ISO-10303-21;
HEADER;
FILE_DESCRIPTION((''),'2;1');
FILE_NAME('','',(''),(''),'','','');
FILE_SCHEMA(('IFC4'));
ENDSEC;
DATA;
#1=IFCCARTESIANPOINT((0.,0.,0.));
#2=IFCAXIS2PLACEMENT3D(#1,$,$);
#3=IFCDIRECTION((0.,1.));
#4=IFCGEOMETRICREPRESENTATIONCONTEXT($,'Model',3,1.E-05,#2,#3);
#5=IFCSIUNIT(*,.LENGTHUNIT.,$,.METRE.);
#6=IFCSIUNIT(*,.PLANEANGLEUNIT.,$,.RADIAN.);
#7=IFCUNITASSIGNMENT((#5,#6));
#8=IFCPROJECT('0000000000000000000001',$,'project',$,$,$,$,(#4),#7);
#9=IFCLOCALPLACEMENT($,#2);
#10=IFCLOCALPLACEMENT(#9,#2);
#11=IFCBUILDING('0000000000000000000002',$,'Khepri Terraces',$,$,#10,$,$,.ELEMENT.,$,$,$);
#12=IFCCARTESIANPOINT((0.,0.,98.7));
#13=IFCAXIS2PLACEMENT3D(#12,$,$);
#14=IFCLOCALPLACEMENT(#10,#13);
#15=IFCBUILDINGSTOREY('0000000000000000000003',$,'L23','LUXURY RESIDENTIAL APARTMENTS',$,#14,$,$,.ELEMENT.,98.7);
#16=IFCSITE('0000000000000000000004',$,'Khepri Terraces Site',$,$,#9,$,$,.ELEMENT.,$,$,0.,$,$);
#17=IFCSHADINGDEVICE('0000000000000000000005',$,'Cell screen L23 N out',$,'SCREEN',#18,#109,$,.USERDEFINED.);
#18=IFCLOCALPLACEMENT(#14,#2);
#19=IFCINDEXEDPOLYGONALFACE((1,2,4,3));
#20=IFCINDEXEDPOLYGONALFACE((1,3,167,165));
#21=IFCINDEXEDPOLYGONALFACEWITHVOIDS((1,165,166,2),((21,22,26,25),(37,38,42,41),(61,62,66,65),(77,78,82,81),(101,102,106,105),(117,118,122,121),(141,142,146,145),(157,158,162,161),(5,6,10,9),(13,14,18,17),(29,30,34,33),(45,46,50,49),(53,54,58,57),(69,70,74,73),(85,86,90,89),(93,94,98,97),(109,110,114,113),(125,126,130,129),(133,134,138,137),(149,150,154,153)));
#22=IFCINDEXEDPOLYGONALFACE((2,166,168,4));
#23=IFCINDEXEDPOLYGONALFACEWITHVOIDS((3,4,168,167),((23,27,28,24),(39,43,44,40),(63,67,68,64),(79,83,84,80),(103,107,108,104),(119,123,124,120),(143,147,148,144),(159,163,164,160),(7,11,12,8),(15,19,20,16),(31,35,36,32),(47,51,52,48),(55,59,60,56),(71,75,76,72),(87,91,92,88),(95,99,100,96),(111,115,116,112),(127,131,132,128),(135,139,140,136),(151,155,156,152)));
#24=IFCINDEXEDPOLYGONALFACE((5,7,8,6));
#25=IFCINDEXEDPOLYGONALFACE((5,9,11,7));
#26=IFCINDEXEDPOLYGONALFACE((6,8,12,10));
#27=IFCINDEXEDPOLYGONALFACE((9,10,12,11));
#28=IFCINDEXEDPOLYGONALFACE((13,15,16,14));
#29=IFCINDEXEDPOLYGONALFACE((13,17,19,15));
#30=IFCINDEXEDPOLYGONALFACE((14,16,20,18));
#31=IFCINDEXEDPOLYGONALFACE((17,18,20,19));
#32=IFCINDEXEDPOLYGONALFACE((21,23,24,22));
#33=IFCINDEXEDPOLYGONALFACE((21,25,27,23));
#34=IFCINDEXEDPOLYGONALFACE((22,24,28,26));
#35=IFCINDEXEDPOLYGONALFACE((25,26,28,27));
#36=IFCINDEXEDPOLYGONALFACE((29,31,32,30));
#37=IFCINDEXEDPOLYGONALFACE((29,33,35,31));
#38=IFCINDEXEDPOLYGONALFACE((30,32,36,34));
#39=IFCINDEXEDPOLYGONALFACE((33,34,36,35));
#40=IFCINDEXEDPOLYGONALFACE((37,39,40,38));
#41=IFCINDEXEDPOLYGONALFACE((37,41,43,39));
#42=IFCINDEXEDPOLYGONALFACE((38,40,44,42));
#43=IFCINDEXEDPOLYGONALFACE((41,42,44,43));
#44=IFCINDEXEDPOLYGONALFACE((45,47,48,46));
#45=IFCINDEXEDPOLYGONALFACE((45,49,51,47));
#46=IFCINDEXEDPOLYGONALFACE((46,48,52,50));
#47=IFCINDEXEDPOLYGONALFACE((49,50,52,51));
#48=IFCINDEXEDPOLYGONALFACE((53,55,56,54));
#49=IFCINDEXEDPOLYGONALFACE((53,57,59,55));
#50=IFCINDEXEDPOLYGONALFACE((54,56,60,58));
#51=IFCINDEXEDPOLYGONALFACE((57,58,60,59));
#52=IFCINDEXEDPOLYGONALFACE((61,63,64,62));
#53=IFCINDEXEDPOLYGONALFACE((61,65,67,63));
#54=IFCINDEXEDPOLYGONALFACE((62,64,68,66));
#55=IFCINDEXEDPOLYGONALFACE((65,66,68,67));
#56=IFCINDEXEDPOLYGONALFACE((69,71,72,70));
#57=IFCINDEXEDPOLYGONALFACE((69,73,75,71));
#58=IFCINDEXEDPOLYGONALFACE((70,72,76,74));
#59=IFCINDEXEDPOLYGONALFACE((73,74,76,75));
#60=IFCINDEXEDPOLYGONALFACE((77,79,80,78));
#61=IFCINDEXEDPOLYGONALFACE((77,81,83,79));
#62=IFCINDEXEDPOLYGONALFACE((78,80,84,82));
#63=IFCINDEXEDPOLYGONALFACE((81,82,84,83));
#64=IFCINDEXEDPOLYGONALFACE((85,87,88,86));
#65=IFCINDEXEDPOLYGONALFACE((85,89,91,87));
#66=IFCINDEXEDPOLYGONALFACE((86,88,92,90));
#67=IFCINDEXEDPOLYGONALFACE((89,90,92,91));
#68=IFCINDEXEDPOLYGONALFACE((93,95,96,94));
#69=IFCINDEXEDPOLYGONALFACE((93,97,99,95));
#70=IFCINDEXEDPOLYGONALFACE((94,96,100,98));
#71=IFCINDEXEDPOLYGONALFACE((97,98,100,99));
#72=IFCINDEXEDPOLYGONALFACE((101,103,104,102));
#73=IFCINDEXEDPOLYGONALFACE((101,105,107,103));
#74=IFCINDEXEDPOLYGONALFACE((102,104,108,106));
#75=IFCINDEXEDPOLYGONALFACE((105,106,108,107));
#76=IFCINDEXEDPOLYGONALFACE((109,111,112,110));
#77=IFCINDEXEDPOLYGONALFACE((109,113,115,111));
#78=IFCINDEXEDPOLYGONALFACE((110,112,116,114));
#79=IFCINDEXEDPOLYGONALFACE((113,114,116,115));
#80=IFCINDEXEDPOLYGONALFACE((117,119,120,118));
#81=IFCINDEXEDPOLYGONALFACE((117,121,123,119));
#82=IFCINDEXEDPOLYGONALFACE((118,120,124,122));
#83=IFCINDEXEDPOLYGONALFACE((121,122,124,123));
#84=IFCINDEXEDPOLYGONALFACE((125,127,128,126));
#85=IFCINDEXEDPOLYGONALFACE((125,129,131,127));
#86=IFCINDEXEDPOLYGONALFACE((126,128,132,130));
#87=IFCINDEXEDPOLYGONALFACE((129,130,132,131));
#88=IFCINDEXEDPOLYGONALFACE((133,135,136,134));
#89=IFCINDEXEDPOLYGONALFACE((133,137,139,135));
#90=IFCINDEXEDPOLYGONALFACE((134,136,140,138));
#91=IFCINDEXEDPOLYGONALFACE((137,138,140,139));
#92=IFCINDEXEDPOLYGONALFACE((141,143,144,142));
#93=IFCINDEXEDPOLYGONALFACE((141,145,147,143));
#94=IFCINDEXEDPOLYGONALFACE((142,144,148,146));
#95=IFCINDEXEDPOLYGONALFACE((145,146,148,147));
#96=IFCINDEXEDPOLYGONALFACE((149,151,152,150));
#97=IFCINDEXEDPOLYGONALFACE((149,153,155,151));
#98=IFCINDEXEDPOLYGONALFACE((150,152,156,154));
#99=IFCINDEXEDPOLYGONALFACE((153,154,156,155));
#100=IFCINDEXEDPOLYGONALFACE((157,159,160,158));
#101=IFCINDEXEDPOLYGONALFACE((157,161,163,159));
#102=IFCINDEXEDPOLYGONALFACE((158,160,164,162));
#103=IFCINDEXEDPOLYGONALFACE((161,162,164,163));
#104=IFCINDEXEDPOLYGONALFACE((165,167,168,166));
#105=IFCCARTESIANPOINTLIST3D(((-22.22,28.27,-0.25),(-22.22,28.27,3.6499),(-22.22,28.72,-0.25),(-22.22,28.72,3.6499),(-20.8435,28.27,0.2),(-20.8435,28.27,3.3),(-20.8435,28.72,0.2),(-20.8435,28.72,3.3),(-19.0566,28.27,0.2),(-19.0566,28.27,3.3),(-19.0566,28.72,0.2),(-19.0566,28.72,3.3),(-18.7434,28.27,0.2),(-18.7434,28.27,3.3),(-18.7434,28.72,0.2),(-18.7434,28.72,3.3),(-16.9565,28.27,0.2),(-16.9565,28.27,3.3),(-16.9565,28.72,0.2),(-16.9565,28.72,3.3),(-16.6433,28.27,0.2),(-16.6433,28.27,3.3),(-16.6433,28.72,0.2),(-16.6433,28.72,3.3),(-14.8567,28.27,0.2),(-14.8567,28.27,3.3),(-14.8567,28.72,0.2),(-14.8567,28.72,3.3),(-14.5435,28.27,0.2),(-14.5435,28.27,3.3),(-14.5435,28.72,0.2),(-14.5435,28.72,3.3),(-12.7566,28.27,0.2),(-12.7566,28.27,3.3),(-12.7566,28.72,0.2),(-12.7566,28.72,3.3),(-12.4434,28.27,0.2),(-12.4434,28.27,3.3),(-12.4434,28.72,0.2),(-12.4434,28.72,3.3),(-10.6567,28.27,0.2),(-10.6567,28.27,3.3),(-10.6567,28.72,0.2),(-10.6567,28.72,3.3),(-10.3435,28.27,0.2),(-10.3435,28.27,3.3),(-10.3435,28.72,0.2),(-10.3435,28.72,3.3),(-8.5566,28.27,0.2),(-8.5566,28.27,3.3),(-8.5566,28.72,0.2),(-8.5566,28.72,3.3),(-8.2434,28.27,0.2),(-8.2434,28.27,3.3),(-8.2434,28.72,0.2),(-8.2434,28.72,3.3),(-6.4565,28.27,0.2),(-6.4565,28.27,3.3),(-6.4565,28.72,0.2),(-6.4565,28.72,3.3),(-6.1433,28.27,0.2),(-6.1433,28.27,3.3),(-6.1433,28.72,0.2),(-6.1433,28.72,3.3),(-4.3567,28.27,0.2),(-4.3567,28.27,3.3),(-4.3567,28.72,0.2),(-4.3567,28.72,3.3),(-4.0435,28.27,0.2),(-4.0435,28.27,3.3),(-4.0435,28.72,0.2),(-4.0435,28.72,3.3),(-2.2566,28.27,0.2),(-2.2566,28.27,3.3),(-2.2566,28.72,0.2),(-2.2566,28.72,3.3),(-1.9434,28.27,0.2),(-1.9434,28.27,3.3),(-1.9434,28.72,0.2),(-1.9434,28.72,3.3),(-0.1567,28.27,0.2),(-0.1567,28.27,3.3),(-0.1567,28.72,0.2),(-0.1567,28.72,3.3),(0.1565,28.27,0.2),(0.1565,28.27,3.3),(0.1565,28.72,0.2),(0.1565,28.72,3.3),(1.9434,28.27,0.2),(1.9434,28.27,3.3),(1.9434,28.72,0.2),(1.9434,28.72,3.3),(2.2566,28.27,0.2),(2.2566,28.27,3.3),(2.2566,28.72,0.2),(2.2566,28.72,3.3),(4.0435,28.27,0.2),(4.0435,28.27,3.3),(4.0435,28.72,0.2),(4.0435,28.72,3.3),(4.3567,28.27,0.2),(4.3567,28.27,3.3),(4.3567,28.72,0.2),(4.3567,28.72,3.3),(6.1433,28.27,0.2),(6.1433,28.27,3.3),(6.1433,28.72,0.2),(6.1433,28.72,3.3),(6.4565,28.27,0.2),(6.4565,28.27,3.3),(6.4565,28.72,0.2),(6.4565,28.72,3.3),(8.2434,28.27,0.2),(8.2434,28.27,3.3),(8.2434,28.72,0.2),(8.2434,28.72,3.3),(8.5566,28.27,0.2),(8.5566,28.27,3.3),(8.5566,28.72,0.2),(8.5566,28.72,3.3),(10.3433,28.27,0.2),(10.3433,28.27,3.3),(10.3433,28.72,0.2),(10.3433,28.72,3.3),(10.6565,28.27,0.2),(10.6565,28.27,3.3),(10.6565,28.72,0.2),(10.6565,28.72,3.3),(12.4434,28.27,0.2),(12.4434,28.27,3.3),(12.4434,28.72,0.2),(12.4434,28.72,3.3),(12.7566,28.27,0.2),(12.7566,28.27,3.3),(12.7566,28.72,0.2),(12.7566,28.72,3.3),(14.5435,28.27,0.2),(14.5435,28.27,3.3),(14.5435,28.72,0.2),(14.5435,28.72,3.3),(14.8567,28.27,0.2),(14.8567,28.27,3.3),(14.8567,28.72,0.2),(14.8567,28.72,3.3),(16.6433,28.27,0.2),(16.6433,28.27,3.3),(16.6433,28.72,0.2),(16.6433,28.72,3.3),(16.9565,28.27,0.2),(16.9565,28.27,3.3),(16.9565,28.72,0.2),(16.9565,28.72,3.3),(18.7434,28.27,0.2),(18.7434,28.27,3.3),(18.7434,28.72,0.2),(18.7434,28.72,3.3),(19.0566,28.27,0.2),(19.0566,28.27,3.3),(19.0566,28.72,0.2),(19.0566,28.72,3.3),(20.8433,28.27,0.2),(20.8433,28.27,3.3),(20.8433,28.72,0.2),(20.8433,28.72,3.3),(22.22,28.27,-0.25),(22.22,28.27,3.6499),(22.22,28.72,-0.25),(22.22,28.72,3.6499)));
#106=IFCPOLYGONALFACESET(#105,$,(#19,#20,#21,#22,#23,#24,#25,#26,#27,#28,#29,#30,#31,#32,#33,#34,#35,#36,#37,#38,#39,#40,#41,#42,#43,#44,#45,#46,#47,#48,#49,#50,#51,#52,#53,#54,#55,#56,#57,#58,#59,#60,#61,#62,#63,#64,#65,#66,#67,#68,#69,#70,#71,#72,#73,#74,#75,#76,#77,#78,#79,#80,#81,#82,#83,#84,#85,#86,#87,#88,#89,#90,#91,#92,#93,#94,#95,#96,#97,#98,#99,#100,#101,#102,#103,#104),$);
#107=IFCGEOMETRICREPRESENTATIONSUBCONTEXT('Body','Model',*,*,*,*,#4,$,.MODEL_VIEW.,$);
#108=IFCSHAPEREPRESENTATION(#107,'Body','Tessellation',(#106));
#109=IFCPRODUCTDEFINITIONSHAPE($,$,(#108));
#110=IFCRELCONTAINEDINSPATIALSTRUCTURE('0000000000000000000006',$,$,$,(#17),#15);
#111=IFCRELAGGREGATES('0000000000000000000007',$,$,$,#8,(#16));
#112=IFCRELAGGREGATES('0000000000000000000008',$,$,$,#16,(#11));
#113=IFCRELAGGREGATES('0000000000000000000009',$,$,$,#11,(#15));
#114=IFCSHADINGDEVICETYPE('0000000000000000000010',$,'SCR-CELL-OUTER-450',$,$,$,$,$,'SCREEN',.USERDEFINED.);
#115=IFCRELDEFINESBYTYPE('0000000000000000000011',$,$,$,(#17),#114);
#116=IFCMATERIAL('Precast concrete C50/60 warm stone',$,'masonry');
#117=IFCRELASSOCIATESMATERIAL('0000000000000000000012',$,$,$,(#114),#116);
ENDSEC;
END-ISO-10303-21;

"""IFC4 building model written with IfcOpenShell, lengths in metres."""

from ifc_helpers import new_model, si_unit, direction, frame, origin, place, context, subcontext, project, spatial, polyline, outline, extrude, material, type_object, element, save


model = new_model("IFC4")

# Units and contexts
model_context = context("Model", 3, precision=1e-05, world=origin(), true_north=direction((0.0, 1.0)))
body_context = subcontext(model_context, "Body", "Model", "MODEL_VIEW")
ifc_project = project(units=[si_unit("LENGTHUNIT", "METRE"), si_unit("PLANEANGLEUNIT", "RADIAN")], contexts=[model_context])

# Site, building, storey
site_placement = place(None, origin())
site = spatial("IfcSite", under=ifc_project, at=site_placement, Name="Khepri Terraces Site", CompositionType="ELEMENT", RefElevation=0.0)
building_placement = place(site_placement, origin())
building = spatial("IfcBuilding", under=site, at=building_placement, Name="Khepri Terraces", CompositionType="ELEMENT")
storey_placement = place(building_placement, frame((0.0, 0.0, 98.7)))
storey = spatial("IfcBuildingStorey", under=building, at=storey_placement, Name="L23", Description="LUXURY RESIDENTIAL APARTMENTS", CompositionType="ELEMENT", Elevation=98.7)

# Shared definitions
ifc_material_1 = material(Name="Precast concrete C50/60 warm stone", Category="masonry")

# Shading device
shading_device_type_1 = type_object("IfcShadingDeviceType", Name="SCR-CELL-OUTER-450", ElementType="SCREEN", PredefinedType="USERDEFINED", material=ifc_material_1)
shading_device_1_placement = place(storey_placement, frame((22.22, 28.27, -0.25), z_axis=(0.0, 1.0, 0.0), x_axis=(-1.0, 0.0, 0.0)))
element("IfcShadingDevice", 1, at=shading_device_1_placement, inside=storey, type_object=shading_device_type_1, Name="Cell screen L23 N out", ObjectType="SCREEN", PredefinedType="USERDEFINED", context=body_context, shape_type="SweptSolid", body=[
    extrude(outline(polyline([(0.0, 0.0), (44.4399, 0.0), (44.4399, 3.8999), (0.0, 3.8999), (0.0, 0.0)]), holes=[polyline([(1.3767, 0.45), (3.1633, 0.45), (3.1633, 3.55), (1.3767, 3.55), (1.3767, 0.45)]), polyline([(3.4766, 0.45), (5.2634, 0.45), (5.2634, 3.55), (3.4766, 3.55), (3.4766, 0.45)]), polyline([(5.5767, 0.45), (7.3633, 0.45), (7.3633, 3.55), (5.5767, 3.55), (5.5767, 0.45)]), polyline([(7.6765, 0.45), (9.4634, 0.45), (9.4634, 3.55), (7.6765, 3.55), (7.6765, 0.45)]), polyline([(9.7766, 0.45), (11.5635, 0.45), (11.5635, 3.55), (9.7766, 3.55), (9.7766, 0.45)]), polyline([(11.8767, 0.45), (13.6633, 0.45), (13.6633, 3.55), (11.8767, 3.55), (11.8767, 0.45)]), polyline([(13.9766, 0.45), (15.7634, 0.45), (15.7634, 3.55), (13.9766, 3.55), (13.9766, 0.45)]), polyline([(16.0767, 0.45), (17.8633, 0.45), (17.8633, 3.55), (16.0767, 3.55), (16.0767, 0.45)]), polyline([(18.1765, 0.45), (19.9634, 0.45), (19.9634, 3.55), (18.1765, 3.55), (18.1765, 0.45)]), polyline([(20.2766, 0.45), (22.0635, 0.45), (22.0635, 3.55), (20.2766, 3.55), (20.2766, 0.45)]), polyline([(22.3767, 0.45), (24.1633, 0.45), (24.1633, 3.55), (22.3767, 3.55), (22.3767, 0.45)]), polyline([(24.4766, 0.45), (26.2634, 0.45), (26.2634, 3.55), (24.4766, 3.55), (24.4766, 0.45)]), polyline([(26.5767, 0.45), (28.3633, 0.45), (28.3633, 3.55), (26.5767, 3.55), (26.5767, 0.45)]), polyline([(28.6765, 0.45), (30.4634, 0.45), (30.4634, 3.55), (28.6765, 3.55), (28.6765, 0.45)]), polyline([(30.7766, 0.45), (32.5635, 0.45), (32.5635, 3.55), (30.7766, 3.55), (30.7766, 0.45)]), polyline([(32.8767, 0.45), (34.6633, 0.45), (34.6633, 3.55), (32.8767, 3.55), (32.8767, 0.45)]), polyline([(34.9766, 0.45), (36.7634, 0.45), (36.7634, 3.55), (34.9766, 3.55), (34.9766, 0.45)]), polyline([(37.0767, 0.45), (38.8633, 0.45), (38.8633, 3.55), (37.0767, 3.55), (37.0767, 0.45)]), polyline([(39.1765, 0.45), (40.9634, 0.45), (40.9634, 3.55), (39.1765, 3.55), (39.1765, 0.45)]), polyline([(41.2766, 0.45), (43.0635, 0.45), (43.0635, 3.55), (41.2766, 3.55), (41.2766, 0.45)])]), origin(), (0.0, 0.0, 1.0), 0.45),
])

save(model, "model.ifc")
